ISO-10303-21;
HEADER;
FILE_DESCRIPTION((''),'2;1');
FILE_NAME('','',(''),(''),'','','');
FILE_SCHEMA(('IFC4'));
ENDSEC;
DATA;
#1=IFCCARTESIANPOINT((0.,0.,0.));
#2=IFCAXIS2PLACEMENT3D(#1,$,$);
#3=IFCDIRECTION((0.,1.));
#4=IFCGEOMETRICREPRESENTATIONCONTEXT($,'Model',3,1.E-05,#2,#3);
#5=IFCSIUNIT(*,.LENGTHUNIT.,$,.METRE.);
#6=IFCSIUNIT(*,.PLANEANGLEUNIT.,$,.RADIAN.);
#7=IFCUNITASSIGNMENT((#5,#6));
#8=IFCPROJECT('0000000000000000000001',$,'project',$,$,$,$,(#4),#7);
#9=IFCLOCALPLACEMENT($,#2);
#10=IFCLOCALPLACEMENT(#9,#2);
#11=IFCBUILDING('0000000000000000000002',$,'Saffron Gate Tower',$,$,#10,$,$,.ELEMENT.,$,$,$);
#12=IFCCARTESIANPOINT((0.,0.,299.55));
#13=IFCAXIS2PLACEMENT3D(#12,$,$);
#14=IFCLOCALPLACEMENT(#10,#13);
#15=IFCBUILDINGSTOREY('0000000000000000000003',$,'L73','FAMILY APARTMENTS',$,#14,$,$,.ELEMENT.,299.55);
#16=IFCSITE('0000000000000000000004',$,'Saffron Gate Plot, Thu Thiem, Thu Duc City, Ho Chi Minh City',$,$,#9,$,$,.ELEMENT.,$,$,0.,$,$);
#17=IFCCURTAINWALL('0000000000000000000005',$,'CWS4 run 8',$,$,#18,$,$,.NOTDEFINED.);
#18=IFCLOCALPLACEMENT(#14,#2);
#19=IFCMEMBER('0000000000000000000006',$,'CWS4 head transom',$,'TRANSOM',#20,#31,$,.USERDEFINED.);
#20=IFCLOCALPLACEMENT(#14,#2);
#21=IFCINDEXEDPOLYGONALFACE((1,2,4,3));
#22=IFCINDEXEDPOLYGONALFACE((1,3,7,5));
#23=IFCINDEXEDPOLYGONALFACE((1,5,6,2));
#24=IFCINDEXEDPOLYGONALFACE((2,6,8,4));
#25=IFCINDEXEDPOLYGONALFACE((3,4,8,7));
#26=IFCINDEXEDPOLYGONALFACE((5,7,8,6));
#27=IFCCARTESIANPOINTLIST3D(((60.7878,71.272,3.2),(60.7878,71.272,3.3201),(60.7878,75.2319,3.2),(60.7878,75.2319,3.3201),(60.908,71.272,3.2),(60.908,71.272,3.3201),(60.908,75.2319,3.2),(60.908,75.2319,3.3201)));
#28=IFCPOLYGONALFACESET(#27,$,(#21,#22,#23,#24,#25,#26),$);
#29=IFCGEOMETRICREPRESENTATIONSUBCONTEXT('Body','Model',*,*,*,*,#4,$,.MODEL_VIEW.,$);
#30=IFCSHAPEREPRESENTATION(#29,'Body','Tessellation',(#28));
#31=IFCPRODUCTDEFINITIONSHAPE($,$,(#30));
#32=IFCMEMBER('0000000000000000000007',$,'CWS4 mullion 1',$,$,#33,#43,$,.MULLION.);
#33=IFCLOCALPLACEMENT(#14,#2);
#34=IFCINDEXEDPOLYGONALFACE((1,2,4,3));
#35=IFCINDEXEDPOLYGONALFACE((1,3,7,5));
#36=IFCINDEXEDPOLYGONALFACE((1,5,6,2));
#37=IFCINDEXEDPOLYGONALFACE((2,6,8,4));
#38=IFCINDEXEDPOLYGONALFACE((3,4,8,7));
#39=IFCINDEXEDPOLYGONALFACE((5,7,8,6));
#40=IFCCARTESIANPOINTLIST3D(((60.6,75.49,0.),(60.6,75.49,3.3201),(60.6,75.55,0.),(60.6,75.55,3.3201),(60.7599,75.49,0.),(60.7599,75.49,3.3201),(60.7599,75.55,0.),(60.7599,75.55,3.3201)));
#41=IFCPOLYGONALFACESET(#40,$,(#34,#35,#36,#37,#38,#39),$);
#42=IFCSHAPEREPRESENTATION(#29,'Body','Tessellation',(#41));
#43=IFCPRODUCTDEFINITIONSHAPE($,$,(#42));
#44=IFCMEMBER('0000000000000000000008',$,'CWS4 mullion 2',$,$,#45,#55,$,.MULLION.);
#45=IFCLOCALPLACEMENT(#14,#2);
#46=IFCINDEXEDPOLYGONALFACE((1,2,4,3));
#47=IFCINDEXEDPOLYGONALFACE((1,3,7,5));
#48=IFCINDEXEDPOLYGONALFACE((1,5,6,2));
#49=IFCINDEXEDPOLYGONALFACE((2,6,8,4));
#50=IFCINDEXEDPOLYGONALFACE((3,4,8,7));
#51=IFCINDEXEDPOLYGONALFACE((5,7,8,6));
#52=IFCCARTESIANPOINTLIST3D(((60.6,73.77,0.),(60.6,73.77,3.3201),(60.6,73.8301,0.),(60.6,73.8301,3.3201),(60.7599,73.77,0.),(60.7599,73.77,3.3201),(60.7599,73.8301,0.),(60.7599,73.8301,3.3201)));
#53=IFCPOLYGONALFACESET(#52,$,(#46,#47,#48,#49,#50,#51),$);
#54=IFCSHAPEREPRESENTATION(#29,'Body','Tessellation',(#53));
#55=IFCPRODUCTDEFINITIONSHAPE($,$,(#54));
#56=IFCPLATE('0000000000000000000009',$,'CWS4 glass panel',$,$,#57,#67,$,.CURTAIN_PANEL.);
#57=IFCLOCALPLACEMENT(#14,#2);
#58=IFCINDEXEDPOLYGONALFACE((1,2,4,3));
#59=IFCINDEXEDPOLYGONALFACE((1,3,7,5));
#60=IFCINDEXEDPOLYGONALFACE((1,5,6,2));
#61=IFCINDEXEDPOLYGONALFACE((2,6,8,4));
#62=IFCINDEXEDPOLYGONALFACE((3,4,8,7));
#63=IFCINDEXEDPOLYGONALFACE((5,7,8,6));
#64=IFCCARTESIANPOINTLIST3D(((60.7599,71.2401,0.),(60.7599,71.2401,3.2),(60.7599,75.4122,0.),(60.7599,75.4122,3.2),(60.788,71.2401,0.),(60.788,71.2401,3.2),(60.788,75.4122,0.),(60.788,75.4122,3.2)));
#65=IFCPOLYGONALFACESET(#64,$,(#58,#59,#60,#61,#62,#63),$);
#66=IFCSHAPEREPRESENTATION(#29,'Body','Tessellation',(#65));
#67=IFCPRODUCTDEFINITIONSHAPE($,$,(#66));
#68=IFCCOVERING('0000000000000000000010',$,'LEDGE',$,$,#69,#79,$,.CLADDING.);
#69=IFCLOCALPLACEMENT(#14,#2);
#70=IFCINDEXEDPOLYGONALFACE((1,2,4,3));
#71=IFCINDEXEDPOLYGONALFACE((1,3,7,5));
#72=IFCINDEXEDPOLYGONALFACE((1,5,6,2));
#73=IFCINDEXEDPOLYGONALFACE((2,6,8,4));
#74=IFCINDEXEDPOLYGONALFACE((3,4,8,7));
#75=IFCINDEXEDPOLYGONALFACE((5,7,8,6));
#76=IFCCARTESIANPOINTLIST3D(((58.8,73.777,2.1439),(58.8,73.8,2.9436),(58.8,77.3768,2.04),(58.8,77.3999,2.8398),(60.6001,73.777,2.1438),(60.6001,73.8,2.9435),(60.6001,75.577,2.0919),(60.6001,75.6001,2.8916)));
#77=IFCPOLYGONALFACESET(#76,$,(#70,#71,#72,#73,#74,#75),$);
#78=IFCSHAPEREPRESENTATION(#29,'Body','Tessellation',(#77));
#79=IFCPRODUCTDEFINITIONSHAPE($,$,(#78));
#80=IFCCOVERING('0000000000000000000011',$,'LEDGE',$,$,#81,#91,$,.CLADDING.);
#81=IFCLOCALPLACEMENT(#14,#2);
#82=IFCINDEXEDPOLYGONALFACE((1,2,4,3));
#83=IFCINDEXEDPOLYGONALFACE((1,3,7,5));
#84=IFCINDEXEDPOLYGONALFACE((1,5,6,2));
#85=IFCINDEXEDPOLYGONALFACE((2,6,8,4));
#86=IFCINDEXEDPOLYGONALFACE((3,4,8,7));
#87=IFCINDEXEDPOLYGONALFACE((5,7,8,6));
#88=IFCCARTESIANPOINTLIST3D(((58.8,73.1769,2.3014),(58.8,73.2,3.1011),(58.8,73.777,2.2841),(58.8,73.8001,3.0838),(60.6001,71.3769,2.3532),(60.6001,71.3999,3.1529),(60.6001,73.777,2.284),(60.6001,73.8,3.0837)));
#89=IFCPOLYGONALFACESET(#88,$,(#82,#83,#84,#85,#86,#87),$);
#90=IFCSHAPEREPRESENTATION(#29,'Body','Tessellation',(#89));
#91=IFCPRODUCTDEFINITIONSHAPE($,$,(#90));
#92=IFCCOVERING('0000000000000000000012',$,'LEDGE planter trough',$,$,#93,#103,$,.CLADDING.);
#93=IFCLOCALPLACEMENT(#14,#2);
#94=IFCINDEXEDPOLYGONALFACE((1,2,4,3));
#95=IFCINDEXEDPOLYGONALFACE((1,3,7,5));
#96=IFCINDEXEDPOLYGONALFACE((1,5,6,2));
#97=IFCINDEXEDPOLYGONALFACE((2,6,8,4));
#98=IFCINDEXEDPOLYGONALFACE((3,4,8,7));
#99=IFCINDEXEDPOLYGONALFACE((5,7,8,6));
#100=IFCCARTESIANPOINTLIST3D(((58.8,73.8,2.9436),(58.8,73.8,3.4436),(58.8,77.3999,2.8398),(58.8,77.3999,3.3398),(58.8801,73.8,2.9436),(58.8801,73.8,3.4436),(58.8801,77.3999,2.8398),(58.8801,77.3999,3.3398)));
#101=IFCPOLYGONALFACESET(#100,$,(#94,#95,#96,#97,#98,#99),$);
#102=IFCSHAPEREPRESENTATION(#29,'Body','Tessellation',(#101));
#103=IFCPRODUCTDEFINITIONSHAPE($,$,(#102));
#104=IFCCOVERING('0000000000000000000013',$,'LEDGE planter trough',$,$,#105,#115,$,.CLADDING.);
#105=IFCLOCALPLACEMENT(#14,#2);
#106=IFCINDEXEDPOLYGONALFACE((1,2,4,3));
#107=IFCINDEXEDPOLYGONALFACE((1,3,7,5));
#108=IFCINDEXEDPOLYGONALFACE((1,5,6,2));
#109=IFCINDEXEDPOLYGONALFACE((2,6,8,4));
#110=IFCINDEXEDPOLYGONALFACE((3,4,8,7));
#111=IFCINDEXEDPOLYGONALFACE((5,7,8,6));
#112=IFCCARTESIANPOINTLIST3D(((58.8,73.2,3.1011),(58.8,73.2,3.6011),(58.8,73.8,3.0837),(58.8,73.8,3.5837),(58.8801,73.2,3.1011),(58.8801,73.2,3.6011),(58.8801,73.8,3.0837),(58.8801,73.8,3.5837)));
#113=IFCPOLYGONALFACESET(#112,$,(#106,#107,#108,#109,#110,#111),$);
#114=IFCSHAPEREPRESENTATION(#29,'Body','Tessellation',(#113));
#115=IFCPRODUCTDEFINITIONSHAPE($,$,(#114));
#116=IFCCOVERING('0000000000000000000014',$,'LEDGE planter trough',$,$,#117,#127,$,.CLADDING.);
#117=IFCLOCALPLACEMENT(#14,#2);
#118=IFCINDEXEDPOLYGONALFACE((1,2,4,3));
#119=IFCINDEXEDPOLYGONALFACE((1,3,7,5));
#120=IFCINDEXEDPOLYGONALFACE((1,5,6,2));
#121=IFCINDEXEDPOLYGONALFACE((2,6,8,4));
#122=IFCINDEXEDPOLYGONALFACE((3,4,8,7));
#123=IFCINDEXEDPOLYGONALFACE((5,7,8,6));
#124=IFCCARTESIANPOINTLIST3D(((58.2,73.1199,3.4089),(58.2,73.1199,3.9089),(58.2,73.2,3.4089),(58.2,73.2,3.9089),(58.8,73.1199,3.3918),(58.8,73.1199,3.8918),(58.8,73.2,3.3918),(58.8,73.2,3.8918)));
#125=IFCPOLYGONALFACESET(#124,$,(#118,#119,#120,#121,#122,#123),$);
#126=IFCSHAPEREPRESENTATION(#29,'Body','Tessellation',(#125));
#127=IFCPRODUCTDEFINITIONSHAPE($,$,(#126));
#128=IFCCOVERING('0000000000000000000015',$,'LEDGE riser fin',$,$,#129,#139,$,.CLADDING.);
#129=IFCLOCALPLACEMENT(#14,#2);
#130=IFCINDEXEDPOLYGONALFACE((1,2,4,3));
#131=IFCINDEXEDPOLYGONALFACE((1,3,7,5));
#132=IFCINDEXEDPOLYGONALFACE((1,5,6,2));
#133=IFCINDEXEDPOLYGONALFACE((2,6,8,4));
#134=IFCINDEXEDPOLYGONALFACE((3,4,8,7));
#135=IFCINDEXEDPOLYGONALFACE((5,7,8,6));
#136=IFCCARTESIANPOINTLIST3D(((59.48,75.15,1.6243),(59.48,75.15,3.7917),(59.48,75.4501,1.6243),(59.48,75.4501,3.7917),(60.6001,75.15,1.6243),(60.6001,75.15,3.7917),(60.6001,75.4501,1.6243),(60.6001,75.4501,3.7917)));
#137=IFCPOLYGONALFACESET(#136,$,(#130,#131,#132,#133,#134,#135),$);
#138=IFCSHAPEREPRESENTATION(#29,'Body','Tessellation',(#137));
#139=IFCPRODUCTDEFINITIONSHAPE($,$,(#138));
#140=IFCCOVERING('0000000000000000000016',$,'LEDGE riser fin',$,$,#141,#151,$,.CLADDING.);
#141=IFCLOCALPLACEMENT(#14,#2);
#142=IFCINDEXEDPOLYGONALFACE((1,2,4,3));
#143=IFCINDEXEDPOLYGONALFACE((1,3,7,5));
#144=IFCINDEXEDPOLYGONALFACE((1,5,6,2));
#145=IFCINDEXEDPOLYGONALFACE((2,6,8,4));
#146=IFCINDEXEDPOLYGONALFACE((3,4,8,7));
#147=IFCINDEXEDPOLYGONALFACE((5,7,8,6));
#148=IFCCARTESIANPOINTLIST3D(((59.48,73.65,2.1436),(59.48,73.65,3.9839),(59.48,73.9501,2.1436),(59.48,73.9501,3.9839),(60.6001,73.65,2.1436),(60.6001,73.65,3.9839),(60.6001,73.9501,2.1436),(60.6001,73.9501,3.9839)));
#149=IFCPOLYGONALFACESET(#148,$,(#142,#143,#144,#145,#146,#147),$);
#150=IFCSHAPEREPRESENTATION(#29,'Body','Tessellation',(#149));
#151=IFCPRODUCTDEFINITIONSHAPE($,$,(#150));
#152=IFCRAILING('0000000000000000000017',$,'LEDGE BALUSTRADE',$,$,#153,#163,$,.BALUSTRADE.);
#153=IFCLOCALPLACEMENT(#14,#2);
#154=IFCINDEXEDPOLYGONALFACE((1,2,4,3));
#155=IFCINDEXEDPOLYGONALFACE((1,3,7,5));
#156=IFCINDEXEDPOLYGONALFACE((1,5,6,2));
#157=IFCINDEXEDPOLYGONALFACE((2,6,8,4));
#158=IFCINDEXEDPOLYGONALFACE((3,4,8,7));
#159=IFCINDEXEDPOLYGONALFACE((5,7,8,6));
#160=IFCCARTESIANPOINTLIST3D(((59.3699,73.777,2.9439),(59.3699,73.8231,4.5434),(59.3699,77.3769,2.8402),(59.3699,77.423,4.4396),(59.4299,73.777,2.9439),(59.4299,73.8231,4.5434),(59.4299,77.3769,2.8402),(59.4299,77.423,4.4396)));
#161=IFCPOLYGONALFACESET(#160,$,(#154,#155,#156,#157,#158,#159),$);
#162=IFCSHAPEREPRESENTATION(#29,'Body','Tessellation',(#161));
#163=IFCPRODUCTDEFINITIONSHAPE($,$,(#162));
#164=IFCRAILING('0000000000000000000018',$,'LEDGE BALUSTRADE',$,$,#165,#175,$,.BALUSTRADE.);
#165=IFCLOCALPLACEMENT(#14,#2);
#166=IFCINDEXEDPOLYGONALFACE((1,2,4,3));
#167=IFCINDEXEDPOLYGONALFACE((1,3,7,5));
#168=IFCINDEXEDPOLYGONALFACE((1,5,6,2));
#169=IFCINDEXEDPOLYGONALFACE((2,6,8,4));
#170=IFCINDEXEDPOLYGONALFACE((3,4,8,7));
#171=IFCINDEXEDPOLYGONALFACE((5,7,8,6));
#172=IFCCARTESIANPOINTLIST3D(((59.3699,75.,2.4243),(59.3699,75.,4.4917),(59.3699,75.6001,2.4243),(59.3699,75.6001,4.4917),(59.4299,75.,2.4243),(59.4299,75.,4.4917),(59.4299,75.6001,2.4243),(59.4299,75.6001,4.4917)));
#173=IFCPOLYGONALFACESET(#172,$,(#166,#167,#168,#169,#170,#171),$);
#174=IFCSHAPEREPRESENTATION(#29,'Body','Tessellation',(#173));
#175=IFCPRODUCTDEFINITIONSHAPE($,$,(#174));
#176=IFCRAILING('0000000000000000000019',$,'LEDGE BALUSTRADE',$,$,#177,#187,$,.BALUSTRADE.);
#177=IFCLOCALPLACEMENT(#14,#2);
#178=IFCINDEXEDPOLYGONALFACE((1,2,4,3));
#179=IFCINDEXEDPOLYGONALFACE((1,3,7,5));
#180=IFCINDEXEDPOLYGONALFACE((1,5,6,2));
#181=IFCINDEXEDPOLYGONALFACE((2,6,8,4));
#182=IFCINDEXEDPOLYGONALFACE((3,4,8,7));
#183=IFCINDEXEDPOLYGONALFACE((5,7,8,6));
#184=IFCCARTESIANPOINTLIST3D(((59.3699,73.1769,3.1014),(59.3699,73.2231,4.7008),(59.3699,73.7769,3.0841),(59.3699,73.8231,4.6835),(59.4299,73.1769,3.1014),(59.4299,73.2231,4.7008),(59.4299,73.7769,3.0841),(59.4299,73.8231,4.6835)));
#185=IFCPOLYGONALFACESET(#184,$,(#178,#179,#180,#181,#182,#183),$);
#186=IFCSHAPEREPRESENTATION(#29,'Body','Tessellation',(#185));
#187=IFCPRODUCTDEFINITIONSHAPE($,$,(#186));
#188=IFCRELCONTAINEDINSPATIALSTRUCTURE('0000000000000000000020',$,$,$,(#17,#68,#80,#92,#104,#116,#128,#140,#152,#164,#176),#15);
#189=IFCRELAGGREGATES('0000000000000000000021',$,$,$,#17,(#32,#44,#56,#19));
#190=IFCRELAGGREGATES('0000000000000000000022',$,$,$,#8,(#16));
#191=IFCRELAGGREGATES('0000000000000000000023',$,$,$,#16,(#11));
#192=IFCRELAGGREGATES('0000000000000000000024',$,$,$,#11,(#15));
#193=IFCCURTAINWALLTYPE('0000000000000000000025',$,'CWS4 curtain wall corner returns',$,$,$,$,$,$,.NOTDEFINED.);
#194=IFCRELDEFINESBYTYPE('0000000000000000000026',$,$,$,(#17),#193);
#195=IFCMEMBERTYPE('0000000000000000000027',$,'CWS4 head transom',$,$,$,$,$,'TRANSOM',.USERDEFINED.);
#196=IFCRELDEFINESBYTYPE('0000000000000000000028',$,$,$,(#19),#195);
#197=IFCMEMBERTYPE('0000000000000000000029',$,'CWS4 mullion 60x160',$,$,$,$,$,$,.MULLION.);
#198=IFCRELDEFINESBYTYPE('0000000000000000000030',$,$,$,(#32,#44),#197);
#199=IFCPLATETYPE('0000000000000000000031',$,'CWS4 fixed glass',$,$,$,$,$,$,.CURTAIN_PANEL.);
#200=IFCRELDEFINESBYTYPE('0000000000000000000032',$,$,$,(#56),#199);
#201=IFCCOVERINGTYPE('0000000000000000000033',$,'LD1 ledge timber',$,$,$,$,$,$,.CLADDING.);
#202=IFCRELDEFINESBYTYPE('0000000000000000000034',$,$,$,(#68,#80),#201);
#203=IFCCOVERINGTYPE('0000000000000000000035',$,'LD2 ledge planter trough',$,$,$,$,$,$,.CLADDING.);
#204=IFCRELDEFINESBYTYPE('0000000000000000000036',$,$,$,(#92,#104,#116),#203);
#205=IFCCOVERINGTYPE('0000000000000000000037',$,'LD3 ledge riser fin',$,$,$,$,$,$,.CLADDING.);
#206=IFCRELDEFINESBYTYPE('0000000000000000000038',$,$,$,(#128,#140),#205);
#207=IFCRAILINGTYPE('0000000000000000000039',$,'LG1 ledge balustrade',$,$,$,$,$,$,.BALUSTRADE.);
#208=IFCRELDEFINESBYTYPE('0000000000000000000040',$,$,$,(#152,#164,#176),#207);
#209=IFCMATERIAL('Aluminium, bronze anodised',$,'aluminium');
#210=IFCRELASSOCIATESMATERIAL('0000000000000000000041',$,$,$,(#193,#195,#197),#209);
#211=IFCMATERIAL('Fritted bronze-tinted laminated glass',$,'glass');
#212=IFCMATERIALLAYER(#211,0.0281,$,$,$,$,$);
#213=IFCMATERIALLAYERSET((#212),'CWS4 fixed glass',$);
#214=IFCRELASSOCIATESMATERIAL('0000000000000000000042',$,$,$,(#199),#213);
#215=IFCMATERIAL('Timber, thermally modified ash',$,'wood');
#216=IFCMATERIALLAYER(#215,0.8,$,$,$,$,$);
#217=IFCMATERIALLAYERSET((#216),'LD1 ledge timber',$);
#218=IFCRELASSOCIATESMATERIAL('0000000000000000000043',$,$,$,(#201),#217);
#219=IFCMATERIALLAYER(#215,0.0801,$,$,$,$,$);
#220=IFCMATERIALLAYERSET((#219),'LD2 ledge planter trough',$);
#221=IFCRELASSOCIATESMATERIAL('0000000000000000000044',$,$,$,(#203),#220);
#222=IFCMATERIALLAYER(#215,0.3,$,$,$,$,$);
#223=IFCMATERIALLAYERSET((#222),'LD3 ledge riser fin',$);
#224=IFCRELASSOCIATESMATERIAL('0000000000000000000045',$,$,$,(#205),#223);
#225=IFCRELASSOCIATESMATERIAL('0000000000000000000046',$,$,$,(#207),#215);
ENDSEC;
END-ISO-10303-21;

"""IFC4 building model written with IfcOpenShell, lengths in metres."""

from ifc_helpers import new_model, si_unit, direction, frame, frame_2d, origin, origin_2d, place, context, subcontext, project, spatial, polyline, rectangle, outline, extrude, material, layer, layer_set, material_profile, profile_set, type_object, element, aggregate, save


model = new_model("IFC4")

# Units and contexts
model_context = context("Model", 3, precision=1e-05, world=origin(), true_north=direction((0.0, 1.0)))
body_context = subcontext(model_context, "Body", "Model", "MODEL_VIEW")
ifc_project = project(units=[si_unit("LENGTHUNIT", "METRE"), si_unit("PLANEANGLEUNIT", "RADIAN")], contexts=[model_context])

# Site, building, storey
site_placement = place(None, origin())
site = spatial("IfcSite", under=ifc_project, at=site_placement, Name="Saffron Gate Plot, Thu Thiem, Thu Duc City, Ho Chi Minh City", CompositionType="ELEMENT", RefElevation=0.0)
building_placement = place(site_placement, origin())
building = spatial("IfcBuilding", under=site, at=building_placement, Name="Saffron Gate Tower", CompositionType="ELEMENT")
storey_placement = place(building_placement, frame((0.0, 0.0, 299.55)))
storey = spatial("IfcBuildingStorey", under=building, at=storey_placement, Name="L73", Description="FAMILY APARTMENTS", CompositionType="ELEMENT", Elevation=299.55)

# Curtain wall, members, plate
ifc_material_1 = material(Name="Aluminium, bronze anodised", Category="aluminium")
curtain_wall_type = type_object("IfcCurtainWallType", Name="CWS4 curtain wall corner returns", PredefinedType="NOTDEFINED", material=ifc_material_1)
curtain_wall_placement = place(storey_placement, origin())
curtain_wall = element("IfcCurtainWall", 1, at=curtain_wall_placement, inside=storey, type_object=curtain_wall_type, Name="CWS4 run 8", PredefinedType="NOTDEFINED")
ifc_material_profile_1 = material_profile(ifc_material_1, rectangle(XDim=0.1201, YDim=0.1201, at=origin_2d()))
ifc_profile_set_1 = profile_set([ifc_material_profile_1], Name="Aluminium, bronze anodised")
member_type_1 = type_object("IfcMemberType", Name="CWS4 head transom", ElementType="TRANSOM", PredefinedType="USERDEFINED", material=ifc_profile_set_1)
member_1_placement = place(storey_placement, frame((60.8479, 75.2319, 3.26), z_axis=(0.0, -1.0, 0.0), x_axis=(1.0, 0.0, 0.0)))
member_1 = element("IfcMember", 2, at=member_1_placement, type_object=member_type_1, Name="CWS4 head transom", ObjectType="TRANSOM", PredefinedType="USERDEFINED", context=body_context, shape_type="SweptSolid", body=[
    extrude(rectangle(XDim=0.1201, YDim=0.1201, at=origin_2d()), origin(), (0.0, 0.0, 1.0), 3.96),
])
ifc_material_profile_2 = material_profile(ifc_material_1, rectangle(XDim=0.1599, YDim=0.0601, at=origin_2d()))
ifc_profile_set_2 = profile_set([ifc_material_profile_2], Name="Aluminium, bronze anodised")
member_type_2 = type_object("IfcMemberType", Name="CWS4 mullion 60x160", PredefinedType="MULLION", material=ifc_profile_set_2)
member_2_placement = place(storey_placement, frame((60.6799, 75.52, 0.0), z_axis=(0.0, 0.0, 1.0), x_axis=(1.0, 0.0, 0.0)))
member_2 = element("IfcMember", 3, at=member_2_placement, type_object=member_type_2, Name="CWS4 mullion 1", PredefinedType="MULLION", context=body_context, shape_type="SweptSolid", body=[
    extrude(rectangle(XDim=0.1599, YDim=0.0601, at=origin_2d()), origin(), (0.0, 0.0, 1.0), 3.3201),
])
member_3_placement = place(storey_placement, frame((60.6799, 73.8, 0.0), z_axis=(0.0, 0.0, 1.0), x_axis=(1.0, 0.0, 0.0)))
member_3 = element("IfcMember", 4, at=member_3_placement, type_object=member_type_2, Name="CWS4 mullion 2", PredefinedType="MULLION", context=body_context, shape_type="SweptSolid", body=[
    extrude(rectangle(XDim=0.1599, YDim=0.0601, at=origin_2d()), origin(), (0.0, 0.0, 1.0), 3.3201),
])
ifc_material_2 = material(Name="Fritted bronze-tinted laminated glass", Category="glass")
ifc_layer_1 = layer(ifc_material_2, 0.0281)
ifc_layer_set_1 = layer_set([ifc_layer_1], Name="CWS4 fixed glass")
plate_type = type_object("IfcPlateType", Name="CWS4 fixed glass", PredefinedType="CURTAIN_PANEL", material=ifc_layer_set_1)
plate_placement = place(storey_placement, frame((60.7739, 75.4121, 0.0), z_axis=(0.0, 0.0, 1.0), x_axis=(0.0, -1.0, 0.0)))
plate = element("IfcPlate", 5, at=plate_placement, type_object=plate_type, Name="CWS4 glass panel", PredefinedType="CURTAIN_PANEL", context=body_context, shape_type="SweptSolid", body=[
    extrude(rectangle(XDim=4.1721, YDim=0.0281, at=frame_2d((2.0859, 0.0))), origin(), (0.0, 0.0, 1.0), 3.2),
])
aggregate(curtain_wall, [member_2, member_3, plate, member_1])

# Coverings
ifc_material_3 = material(Name="Timber, thermally modified ash", Category="wood")
ifc_layer_2 = layer(ifc_material_3, 0.8)
ifc_layer_set_2 = layer_set([ifc_layer_2], Name="LD1 ledge timber")
covering_type_1 = type_object("IfcCoveringType", Name="LD1 ledge timber", PredefinedType="CLADDING", material=ifc_layer_set_2)
covering_1_placement = place(storey_placement, frame((60.6001, 75.6001, 2.8916), z_axis=(0.000044, 0.028833, 0.999584), x_axis=(0.0, -0.999584, 0.028833)))
element("IfcCovering", 6, at=covering_1_placement, inside=storey, type_object=covering_type_1, Name="LEDGE", PredefinedType="CLADDING", context=body_context, shape_type="SweptSolid", body=[
    extrude(outline(polyline([(0.0, 0.0), (1.8008, 0.0), (1.8008, -1.8), (-1.8005, -1.8), (0.0, 0.0)])), origin(), (0.0, 0.0, -1.0), 0.8),
])
covering_2_placement = place(storey_placement, frame((60.6001, 73.8, 3.0837), z_axis=(0.000026, 0.028794, 0.999585), x_axis=(0.0, -0.999585, 0.028794)))
element("IfcCovering", 7, at=covering_2_placement, inside=storey, type_object=covering_type_1, Name="LEDGE", PredefinedType="CLADDING", context=body_context, shape_type="SweptSolid", body=[
    extrude(outline(polyline([(0.0, 0.0), (2.4011, 0.0), (0.6003, -1.8), (0.0, -1.8), (0.0, 0.0)])), origin(), (0.0, 0.0, -1.0), 0.8),
])
ifc_layer_3 = layer(ifc_material_3, 0.0801)
ifc_layer_set_3 = layer_set([ifc_layer_3], Name="LD2 ledge planter trough")
covering_type_2 = type_object("IfcCoveringType", Name="LD2 ledge planter trough", PredefinedType="CLADDING", material=ifc_layer_set_3)
covering_3_placement = place(storey_placement, frame((58.8, 77.3999, 2.8398), z_axis=(-1.0, 0.0, 0.0), x_axis=(0.0, -0.999585, 0.028811)))
element("IfcCovering", 8, at=covering_3_placement, inside=storey, type_object=covering_type_2, Name="LEDGE planter trough", PredefinedType="CLADDING", context=body_context, shape_type="SweptSolid", body=[
    extrude(outline(polyline([(0.0, 0.0), (3.6013, 0.0), (3.6158, 0.4998), (0.0144, 0.4998), (0.0, 0.0)])), origin(), (0.0, 0.0, -1.0), 0.0801),
])
covering_4_placement = place(storey_placement, frame((58.8, 73.8, 3.0837), z_axis=(-1.0, 0.0, 0.0), x_axis=(0.0, -0.999583, 0.028873)))
element("IfcCovering", 9, at=covering_4_placement, inside=storey, type_object=covering_type_2, Name="LEDGE planter trough", PredefinedType="CLADDING", context=body_context, shape_type="SweptSolid", body=[
    extrude(outline(polyline([(0.0, 0.0), (0.6003, 0.0), (0.6148, 0.4998), (0.0144, 0.4998), (0.0, 0.0)])), origin(), (0.0, 0.0, -1.0), 0.0801),
])
covering_5_placement = place(storey_placement, frame((58.8, 73.2, 3.3918), z_axis=(0.0, 1.0, 0.0), x_axis=(-0.999595, 0.0, 0.028467)))
element("IfcCovering", 10, at=covering_5_placement, inside=storey, type_object=covering_type_2, Name="LEDGE planter trough", PredefinedType="CLADDING", context=body_context, shape_type="SweptSolid", body=[
    extrude(outline(polyline([(0.0, 0.0), (0.6003, 0.0), (0.6146, 0.4998), (0.0142, 0.4998), (0.0, 0.0)])), origin(), (0.0, 0.0, -1.0), 0.0801),
])
ifc_layer_4 = layer(ifc_material_3, 0.3)
ifc_layer_set_4 = layer_set([ifc_layer_4], Name="LD3 ledge riser fin")
covering_type_3 = type_object("IfcCoveringType", Name="LD3 ledge riser fin", PredefinedType="CLADDING", material=ifc_layer_set_4)
covering_6_placement = place(storey_placement, frame((60.04, 75.3, 1.6243), z_axis=(0.0, 0.0, 1.0), x_axis=(0.0, -1.0, 0.0)))
element("IfcCovering", 11, at=covering_6_placement, inside=storey, type_object=covering_type_3, Name="LEDGE riser fin", PredefinedType="CLADDING", context=body_context, shape_type="SweptSolid", body=[
    extrude(rectangle(XDim=0.3, YDim=1.1201, at=origin_2d()), origin(), (0.0, 0.0, 1.0), 2.1675),
])
covering_7_placement = place(storey_placement, frame((60.04, 73.8, 2.1436), z_axis=(0.0, 0.0, 1.0), x_axis=(0.0, -1.0, 0.0)))
element("IfcCovering", 12, at=covering_7_placement, inside=storey, type_object=covering_type_3, Name="LEDGE riser fin", PredefinedType="CLADDING", context=body_context, shape_type="SweptSolid", body=[
    extrude(rectangle(XDim=0.3, YDim=1.1201, at=origin_2d()), origin(), (0.0, 0.0, 1.0), 1.8403),
])

# Railings
railing_type = type_object("IfcRailingType", Name="LG1 ledge balustrade", PredefinedType="BALUSTRADE", material=ifc_material_3)
railing_1_placement = place(storey_placement, frame((59.3999, 77.3999, 2.8398)))
element("IfcRailing", 13, at=railing_1_placement, inside=storey, type_object=railing_type, Name="LEDGE BALUSTRADE", PredefinedType="BALUSTRADE", context=body_context, shape_type="SweptSolid", body=[
    extrude(rectangle(XDim=0.0601, YDim=1.6001, at=origin_2d()), frame((0.0, 0.0, 0.8), z_axis=(0.0, -0.999585, 0.028811), x_axis=(1.0, 0.0, 0.0)), (0.0, 0.0, 1.0), 3.6013),
])
railing_2_placement = place(storey_placement, frame((59.3999, 75.6001, 2.4243)))
element("IfcRailing", 14, at=railing_2_placement, inside=storey, type_object=railing_type, Name="LEDGE BALUSTRADE", PredefinedType="BALUSTRADE", context=body_context, shape_type="SweptSolid", body=[
    extrude(rectangle(XDim=0.0601, YDim=2.0674, at=origin_2d()), frame((0.0, 0.0, 1.0337), z_axis=(0.0, -1.0, 0.0), x_axis=(1.0, 0.0, 0.0)), (0.0, 0.0, 1.0), 0.6001),
])
railing_3_placement = place(storey_placement, frame((59.3999, 73.8, 3.0837)))
element("IfcRailing", 15, at=railing_3_placement, inside=storey, type_object=railing_type, Name="LEDGE BALUSTRADE", PredefinedType="BALUSTRADE", context=body_context, shape_type="SweptSolid", body=[
    extrude(rectangle(XDim=0.0601, YDim=1.6001, at=origin_2d()), frame((0.0, 0.0, 0.8), z_axis=(0.0, -0.999583, 0.028873), x_axis=(1.0, 0.0, 0.0)), (0.0, 0.0, 1.0), 0.6003),
])

save(model, "model.ifc")
